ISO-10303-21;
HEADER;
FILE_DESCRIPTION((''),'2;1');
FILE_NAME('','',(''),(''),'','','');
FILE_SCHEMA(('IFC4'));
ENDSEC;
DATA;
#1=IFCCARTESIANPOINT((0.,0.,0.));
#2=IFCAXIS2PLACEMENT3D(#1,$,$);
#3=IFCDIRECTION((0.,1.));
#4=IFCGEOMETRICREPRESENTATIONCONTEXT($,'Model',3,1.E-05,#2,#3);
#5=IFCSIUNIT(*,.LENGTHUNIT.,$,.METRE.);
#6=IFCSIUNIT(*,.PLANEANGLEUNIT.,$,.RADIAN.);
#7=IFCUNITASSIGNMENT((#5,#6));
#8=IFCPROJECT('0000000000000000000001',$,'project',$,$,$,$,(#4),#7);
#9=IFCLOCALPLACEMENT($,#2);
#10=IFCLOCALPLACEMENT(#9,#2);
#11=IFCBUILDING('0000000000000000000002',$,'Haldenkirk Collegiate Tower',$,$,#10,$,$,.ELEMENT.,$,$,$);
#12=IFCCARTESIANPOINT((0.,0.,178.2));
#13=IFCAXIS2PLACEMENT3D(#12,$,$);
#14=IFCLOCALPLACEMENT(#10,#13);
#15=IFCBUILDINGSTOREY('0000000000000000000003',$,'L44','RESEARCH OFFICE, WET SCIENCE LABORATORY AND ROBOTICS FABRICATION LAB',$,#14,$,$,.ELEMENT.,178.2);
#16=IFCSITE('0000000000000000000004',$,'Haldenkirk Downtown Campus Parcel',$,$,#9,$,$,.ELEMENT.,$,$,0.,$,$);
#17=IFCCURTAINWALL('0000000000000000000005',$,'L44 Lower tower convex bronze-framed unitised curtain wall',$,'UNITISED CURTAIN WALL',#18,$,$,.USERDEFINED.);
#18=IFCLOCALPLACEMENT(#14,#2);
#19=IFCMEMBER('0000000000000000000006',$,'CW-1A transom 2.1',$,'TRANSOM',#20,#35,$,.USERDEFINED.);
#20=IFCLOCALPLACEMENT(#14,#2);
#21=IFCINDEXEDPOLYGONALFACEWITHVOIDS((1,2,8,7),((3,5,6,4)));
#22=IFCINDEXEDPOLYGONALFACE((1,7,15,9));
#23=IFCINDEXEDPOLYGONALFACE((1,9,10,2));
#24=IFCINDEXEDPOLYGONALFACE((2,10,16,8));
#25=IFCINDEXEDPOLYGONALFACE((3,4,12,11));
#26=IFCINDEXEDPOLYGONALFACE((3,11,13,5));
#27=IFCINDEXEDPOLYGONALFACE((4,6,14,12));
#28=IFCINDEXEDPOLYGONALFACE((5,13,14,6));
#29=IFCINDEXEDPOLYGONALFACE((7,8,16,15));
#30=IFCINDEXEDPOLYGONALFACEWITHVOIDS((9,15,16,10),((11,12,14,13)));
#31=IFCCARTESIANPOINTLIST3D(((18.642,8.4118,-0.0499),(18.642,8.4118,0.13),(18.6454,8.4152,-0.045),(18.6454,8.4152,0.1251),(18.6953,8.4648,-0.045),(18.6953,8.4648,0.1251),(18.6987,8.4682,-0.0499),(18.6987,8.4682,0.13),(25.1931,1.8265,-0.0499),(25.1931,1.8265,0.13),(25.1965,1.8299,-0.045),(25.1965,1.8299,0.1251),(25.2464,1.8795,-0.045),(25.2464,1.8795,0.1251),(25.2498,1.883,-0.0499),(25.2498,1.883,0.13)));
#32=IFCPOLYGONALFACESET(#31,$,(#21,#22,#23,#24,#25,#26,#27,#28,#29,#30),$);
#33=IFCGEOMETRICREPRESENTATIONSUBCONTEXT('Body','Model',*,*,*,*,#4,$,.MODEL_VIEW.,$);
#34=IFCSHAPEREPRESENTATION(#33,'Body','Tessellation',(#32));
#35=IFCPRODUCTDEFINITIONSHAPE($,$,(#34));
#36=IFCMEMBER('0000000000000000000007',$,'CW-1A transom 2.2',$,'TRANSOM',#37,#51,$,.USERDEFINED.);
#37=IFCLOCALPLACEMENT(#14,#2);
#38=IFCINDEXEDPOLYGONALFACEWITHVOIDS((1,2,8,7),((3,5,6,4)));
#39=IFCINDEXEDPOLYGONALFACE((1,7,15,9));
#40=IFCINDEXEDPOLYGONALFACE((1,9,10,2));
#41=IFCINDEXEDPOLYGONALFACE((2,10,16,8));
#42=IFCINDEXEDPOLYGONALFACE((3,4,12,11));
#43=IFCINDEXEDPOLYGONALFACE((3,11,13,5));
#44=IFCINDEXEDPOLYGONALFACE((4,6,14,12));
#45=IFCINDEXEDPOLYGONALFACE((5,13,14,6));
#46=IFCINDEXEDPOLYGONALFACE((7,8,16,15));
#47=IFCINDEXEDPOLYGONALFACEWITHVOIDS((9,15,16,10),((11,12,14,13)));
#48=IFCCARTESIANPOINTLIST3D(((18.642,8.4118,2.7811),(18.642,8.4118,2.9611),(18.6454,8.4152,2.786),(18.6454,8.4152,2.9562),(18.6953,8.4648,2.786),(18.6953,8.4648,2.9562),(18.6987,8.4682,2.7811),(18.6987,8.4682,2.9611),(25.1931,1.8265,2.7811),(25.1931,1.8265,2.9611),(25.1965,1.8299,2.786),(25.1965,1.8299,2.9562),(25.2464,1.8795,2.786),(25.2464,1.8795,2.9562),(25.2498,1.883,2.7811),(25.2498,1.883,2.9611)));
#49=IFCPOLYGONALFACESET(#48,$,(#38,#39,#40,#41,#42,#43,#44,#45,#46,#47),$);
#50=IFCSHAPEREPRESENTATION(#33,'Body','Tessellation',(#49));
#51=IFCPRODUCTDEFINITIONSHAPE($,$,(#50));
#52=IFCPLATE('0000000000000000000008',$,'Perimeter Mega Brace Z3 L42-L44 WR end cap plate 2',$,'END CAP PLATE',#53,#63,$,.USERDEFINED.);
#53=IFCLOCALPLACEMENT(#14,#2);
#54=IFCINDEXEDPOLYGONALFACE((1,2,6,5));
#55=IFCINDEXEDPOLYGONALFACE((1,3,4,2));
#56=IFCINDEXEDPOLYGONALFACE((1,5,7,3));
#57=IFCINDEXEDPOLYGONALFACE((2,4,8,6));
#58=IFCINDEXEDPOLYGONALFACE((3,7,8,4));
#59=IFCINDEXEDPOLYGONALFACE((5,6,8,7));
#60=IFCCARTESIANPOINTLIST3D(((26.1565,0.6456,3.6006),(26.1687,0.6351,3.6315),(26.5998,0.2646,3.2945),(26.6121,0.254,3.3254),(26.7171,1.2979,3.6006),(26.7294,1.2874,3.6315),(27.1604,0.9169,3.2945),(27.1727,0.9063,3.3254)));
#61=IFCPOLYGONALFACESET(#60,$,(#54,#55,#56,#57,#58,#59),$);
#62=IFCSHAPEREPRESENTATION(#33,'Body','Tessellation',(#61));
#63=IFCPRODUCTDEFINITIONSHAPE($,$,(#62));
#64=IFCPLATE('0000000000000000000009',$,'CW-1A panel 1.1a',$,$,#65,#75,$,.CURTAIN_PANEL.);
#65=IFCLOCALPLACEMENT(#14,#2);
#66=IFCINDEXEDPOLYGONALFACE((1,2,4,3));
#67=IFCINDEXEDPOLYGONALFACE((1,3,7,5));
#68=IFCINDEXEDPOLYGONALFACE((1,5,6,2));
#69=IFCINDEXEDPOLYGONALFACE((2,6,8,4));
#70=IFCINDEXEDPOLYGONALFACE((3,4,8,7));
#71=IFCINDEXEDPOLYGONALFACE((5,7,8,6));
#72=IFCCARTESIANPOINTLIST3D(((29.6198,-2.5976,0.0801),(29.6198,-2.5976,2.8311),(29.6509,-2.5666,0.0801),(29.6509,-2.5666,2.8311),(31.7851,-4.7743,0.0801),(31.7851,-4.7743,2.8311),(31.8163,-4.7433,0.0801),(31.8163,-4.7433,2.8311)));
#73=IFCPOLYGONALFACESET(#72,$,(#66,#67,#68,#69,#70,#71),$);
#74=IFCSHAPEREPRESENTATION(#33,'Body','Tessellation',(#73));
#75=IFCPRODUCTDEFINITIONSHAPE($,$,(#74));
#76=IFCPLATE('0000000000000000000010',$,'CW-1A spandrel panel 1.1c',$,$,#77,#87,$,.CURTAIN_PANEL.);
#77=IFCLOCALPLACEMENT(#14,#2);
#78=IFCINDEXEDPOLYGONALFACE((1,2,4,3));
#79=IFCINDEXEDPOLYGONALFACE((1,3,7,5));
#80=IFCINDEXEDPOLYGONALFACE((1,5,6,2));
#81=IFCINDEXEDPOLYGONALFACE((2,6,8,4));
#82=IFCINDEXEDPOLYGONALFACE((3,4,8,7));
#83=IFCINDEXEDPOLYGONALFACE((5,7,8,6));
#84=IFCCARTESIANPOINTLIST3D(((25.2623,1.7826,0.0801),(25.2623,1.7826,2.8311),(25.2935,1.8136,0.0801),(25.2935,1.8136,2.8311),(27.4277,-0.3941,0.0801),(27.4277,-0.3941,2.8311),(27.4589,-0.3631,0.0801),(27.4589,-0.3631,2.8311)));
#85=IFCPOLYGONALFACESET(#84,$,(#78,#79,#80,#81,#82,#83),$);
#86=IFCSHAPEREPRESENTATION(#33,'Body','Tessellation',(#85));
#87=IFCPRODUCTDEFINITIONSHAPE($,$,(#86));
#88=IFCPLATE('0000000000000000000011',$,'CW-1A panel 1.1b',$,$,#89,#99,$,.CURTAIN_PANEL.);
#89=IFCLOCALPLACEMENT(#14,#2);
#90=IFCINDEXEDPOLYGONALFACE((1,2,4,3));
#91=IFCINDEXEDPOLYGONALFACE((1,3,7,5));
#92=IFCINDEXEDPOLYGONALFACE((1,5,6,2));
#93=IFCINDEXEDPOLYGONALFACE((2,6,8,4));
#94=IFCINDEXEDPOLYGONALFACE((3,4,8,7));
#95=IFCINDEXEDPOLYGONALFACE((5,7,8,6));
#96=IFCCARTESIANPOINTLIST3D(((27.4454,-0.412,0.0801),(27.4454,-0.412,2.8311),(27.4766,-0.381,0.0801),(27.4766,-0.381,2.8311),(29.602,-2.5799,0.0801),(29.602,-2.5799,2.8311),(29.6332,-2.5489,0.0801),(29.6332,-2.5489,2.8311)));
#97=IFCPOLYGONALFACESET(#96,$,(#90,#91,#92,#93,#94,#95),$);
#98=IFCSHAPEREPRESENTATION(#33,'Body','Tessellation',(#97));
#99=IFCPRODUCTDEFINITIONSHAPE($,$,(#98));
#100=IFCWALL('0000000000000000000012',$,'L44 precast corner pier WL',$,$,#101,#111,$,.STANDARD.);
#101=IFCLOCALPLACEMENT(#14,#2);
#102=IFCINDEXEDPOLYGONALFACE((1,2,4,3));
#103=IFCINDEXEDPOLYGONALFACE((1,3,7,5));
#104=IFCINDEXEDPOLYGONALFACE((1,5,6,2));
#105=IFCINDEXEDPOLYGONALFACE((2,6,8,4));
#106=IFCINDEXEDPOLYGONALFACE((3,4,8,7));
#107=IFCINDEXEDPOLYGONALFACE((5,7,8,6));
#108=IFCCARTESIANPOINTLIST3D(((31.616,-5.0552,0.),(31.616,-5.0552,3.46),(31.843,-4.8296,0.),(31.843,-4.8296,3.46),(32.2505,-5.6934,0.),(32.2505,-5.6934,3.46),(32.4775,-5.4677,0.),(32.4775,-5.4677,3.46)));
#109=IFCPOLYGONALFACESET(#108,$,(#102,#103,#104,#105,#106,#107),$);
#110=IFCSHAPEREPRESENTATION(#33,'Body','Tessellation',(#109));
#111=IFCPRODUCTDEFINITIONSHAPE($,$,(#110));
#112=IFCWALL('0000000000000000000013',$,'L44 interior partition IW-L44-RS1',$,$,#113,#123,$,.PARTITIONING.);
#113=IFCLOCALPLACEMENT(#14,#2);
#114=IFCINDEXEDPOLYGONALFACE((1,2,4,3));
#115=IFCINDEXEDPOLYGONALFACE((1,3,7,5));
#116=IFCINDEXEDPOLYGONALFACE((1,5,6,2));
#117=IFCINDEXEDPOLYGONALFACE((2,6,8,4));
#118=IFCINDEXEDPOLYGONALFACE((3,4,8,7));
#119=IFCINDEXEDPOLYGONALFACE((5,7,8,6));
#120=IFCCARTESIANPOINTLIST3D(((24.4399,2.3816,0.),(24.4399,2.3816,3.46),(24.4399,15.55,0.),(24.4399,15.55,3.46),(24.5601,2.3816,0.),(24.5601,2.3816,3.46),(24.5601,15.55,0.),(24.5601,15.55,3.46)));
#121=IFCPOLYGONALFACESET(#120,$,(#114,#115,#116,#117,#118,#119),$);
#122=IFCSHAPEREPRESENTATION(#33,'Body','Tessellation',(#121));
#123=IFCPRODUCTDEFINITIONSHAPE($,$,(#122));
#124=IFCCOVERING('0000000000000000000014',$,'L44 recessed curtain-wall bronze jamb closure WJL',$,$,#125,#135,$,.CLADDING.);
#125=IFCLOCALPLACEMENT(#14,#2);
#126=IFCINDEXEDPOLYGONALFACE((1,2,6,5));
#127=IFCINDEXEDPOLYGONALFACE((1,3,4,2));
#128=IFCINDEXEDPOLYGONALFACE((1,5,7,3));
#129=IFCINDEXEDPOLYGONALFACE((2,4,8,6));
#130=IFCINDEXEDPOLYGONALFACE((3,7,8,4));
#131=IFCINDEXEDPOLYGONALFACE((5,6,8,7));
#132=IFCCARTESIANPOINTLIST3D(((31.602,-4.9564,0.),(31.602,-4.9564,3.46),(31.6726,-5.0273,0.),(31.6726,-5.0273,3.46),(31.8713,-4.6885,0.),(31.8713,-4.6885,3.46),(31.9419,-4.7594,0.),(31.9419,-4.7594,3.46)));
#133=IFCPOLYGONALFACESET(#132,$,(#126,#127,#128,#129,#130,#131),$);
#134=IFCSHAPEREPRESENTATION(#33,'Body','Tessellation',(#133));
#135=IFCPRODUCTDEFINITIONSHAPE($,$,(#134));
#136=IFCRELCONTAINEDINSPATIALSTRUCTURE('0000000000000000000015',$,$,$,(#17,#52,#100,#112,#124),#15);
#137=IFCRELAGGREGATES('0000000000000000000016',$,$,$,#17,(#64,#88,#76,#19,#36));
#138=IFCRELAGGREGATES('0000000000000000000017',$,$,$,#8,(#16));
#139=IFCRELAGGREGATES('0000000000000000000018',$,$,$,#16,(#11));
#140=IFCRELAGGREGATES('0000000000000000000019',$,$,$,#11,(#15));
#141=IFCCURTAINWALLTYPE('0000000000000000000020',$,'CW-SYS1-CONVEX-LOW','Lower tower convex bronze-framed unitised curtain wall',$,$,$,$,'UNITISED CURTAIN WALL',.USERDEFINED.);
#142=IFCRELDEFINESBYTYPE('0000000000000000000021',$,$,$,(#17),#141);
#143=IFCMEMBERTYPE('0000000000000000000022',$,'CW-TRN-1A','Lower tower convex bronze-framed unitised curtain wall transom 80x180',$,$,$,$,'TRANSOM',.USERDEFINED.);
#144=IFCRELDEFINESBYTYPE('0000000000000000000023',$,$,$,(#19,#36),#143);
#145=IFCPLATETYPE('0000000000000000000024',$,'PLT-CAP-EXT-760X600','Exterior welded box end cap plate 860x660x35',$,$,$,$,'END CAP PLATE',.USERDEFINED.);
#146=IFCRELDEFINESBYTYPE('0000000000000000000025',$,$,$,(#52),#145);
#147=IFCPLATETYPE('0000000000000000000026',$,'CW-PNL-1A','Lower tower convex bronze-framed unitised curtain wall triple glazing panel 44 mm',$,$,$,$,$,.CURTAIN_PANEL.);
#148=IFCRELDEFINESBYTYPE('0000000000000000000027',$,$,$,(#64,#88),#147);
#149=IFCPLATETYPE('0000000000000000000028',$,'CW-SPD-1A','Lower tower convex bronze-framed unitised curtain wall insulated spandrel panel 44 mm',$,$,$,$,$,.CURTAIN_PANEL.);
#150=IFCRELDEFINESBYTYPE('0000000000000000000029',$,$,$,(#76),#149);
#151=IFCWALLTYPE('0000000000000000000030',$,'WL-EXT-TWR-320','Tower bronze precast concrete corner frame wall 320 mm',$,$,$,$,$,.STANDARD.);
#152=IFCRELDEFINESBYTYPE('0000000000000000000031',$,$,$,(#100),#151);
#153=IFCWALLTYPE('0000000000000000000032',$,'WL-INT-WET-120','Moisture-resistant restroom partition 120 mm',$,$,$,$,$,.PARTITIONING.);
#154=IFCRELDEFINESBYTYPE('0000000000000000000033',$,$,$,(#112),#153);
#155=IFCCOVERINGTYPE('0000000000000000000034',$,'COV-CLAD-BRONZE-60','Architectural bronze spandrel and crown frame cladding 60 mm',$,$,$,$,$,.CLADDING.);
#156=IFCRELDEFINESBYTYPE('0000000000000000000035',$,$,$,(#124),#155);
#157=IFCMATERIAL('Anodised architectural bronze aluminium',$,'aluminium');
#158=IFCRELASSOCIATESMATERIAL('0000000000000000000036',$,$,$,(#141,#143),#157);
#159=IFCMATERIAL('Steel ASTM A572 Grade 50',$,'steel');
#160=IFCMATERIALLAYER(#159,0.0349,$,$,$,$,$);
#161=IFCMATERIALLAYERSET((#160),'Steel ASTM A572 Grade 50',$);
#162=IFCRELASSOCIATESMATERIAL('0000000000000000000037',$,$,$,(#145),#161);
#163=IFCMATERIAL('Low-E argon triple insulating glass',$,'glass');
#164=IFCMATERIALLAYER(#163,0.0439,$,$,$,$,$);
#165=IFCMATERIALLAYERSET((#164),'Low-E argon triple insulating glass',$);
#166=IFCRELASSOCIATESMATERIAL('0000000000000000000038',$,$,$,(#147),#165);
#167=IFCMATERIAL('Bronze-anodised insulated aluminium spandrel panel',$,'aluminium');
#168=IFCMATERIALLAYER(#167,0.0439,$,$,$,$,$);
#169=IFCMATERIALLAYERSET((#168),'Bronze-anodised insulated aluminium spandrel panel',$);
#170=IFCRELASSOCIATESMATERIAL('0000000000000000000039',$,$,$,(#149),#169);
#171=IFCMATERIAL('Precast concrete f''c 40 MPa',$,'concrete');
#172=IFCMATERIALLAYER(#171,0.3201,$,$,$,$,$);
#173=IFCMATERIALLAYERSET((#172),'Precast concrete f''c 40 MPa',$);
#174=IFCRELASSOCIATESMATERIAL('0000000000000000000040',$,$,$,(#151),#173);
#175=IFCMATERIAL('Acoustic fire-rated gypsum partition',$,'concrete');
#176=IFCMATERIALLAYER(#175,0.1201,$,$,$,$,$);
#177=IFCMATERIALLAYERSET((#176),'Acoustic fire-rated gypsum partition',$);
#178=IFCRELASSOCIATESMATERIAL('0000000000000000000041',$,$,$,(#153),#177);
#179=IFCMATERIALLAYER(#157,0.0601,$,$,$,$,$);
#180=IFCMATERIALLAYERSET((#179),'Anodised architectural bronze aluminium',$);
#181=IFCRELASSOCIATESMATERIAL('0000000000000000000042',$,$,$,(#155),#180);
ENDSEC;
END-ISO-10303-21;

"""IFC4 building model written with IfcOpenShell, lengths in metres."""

from ifc_helpers import new_model, si_unit, direction, frame, frame_2d, origin, origin_2d, place, context, subcontext, project, spatial, rectangle, hollow_rectangle, extrude, source, transform, mapped, material, layer, layer_set, material_profile, profile_set, type_object, element, aggregate, save


model = new_model("IFC4")

# Units and contexts
model_context = context("Model", 3, precision=1e-05, world=origin(), true_north=direction((0.0, 1.0)))
body_context = subcontext(model_context, "Body", "Model", "MODEL_VIEW")
ifc_project = project(units=[si_unit("LENGTHUNIT", "METRE"), si_unit("PLANEANGLEUNIT", "RADIAN")], contexts=[model_context])

# Site, building, storey
site_placement = place(None, origin())
site = spatial("IfcSite", under=ifc_project, at=site_placement, Name="Haldenkirk Downtown Campus Parcel", CompositionType="ELEMENT", RefElevation=0.0)
building_placement = place(site_placement, origin())
building = spatial("IfcBuilding", under=site, at=building_placement, Name="Haldenkirk Collegiate Tower", CompositionType="ELEMENT")
storey_placement = place(building_placement, frame((0.0, 0.0, 178.2)))
storey = spatial("IfcBuildingStorey", under=building, at=storey_placement, Name="L44", Description="RESEARCH OFFICE, WET SCIENCE LABORATORY AND ROBOTICS FABRICATION LAB", CompositionType="ELEMENT", Elevation=178.2)

# Shared definitions
ifc_material_1 = material(Name="Steel ASTM A572 Grade 50", Category="steel")

# Curtain wall, members
ifc_material_2 = material(Name="Anodised architectural bronze aluminium", Category="aluminium")
curtain_wall_type = type_object("IfcCurtainWallType", Name="CW-SYS1-CONVEX-LOW", Description="Lower tower convex bronze-framed unitised curtain wall", ElementType="UNITISED CURTAIN WALL", PredefinedType="USERDEFINED", material=ifc_material_2)
curtain_wall_placement = place(storey_placement, origin())
curtain_wall = element("IfcCurtainWall", 1, at=curtain_wall_placement, inside=storey, type_object=curtain_wall_type, Name="L44 Lower tower convex bronze-framed unitised curtain wall", ObjectType="UNITISED CURTAIN WALL", PredefinedType="USERDEFINED")
ifc_material_profile_1 = material_profile(ifc_material_2, hollow_rectangle(XDim=0.0801, YDim=0.1799, WallThickness=0.0049, at=origin_2d()), Name="CW-TRN-1A")
ifc_profile_set_1 = profile_set([ifc_material_profile_1], Name="Anodised architectural bronze aluminium")
member_type_1 = type_object("IfcMemberType", Name="CW-TRN-1A", Description="Lower tower convex bronze-framed unitised curtain wall transom 80x180", ElementType="TRANSOM", PredefinedType="USERDEFINED", material=ifc_profile_set_1)
member_1_placement = place(storey_placement, frame((25.2214, 1.8547, 0.04), z_axis=(-0.705265, 0.708944, 0.0), x_axis=(-0.708944, -0.705265, 0.0)))
member_1 = element("IfcMember", 2, at=member_1_placement, type_object=member_type_1, Name="CW-1A transom 2.1", ObjectType="TRANSOM", PredefinedType="USERDEFINED", context=body_context, shape_type="SweptSolid", body=[
    extrude(hollow_rectangle(XDim=0.0801, YDim=0.1799, WallThickness=0.0049, at=origin_2d()), origin(), (0.0, 0.0, 1.0), 9.2888),
])
member_2_placement = place(storey_placement, frame((25.2214, 1.8547, 2.8711), z_axis=(-0.705265, 0.708944, 0.0), x_axis=(-0.708944, -0.705265, 0.0)))
member_2 = element("IfcMember", 3, at=member_2_placement, type_object=member_type_1, Name="CW-1A transom 2.2", ObjectType="TRANSOM", PredefinedType="USERDEFINED", context=body_context, shape_type="SweptSolid", body=[
    extrude(hollow_rectangle(XDim=0.0801, YDim=0.1799, WallThickness=0.0049, at=origin_2d()), origin(), (0.0, 0.0, 1.0), 9.2888),
])

# Plates
ifc_layer_1 = layer(ifc_material_1, 0.0349)
ifc_layer_set_1 = layer_set([ifc_layer_1], Name="Steel ASTM A572 Grade 50")
plate_type_1 = type_object("IfcPlateType", Name="PLT-CAP-EXT-760X600", Description="Exterior welded box end cap plate 860x660x35", ElementType="END CAP PLATE", PredefinedType="USERDEFINED", material=ifc_layer_set_1)
shared_shape_1 = source(origin(), body_context, "Body", "SweptSolid", [
    extrude(rectangle(XDim=0.8601, YDim=0.6599, at=origin_2d()), origin(), (0.0, 0.0, 1.0), 0.0349),
])
plate_1_placement = place(storey_placement, frame((26.6584, 0.7812, 3.4475), z_axis=(0.351794, -0.302356, 0.885902), x_axis=(0.651808, 0.758384, 0.0)))
element("IfcPlate", 4, at=plate_1_placement, inside=storey, type_object=plate_type_1, Name="Perimeter Mega Brace Z3 L42-L44 WR end cap plate 2", ObjectType="END CAP PLATE", PredefinedType="USERDEFINED", context=body_context, shape_type="MappedRepresentation", body=[
    mapped(shared_shape_1, transform((0.0, 0.0, 0.0), x_axis=(1.0, 0.0, 0.0), y_axis=(0.0, 1.0, 0.0), z_axis=(0.0, 0.0, 1.0), scale=1.0)),
])
ifc_material_3 = material(Name="Low-E argon triple insulating glass", Category="glass")
ifc_layer_2 = layer(ifc_material_3, 0.0439)
ifc_layer_set_2 = layer_set([ifc_layer_2], Name="Low-E argon triple insulating glass")
plate_type_2 = type_object("IfcPlateType", Name="CW-PNL-1A", Description="Lower tower convex bronze-framed unitised curtain wall triple glazing panel 44 mm", PredefinedType="CURTAIN_PANEL", material=ifc_layer_set_2)
shared_shape_2 = source(origin(), body_context, "Body", "SweptSolid", [
    extrude(rectangle(XDim=3.0703, YDim=0.0439, at=origin_2d()), origin(), (0.0, 0.0, 1.0), 2.751),
])
plate_2_placement = place(storey_placement, frame((30.718, -3.6704, 0.0801), z_axis=(0.0, 0.0, 1.0), x_axis=(-0.705255, 0.708954, 0.0)))
plate_2 = element("IfcPlate", 5, at=plate_2_placement, type_object=plate_type_2, Name="CW-1A panel 1.1a", PredefinedType="CURTAIN_PANEL", context=body_context, shape_type="MappedRepresentation", body=[
    mapped(shared_shape_2, transform((0.0, 0.0, 0.0), x_axis=(1.0, 0.0, 0.0), y_axis=(0.0, 1.0, 0.0), z_axis=(0.0, 0.0, 1.0), scale=1.0)),
])
ifc_material_4 = material(Name="Bronze-anodised insulated aluminium spandrel panel", Category="aluminium")
ifc_layer_3 = layer(ifc_material_4, 0.0439)
ifc_layer_set_3 = layer_set([ifc_layer_3], Name="Bronze-anodised insulated aluminium spandrel panel")
plate_type_3 = type_object("IfcPlateType", Name="CW-SPD-1A", Description="Lower tower convex bronze-framed unitised curtain wall insulated spandrel panel 44 mm", PredefinedType="CURTAIN_PANEL", material=ifc_layer_set_3)
plate_3_placement = place(storey_placement, frame((26.3606, 0.7097, 0.0801), z_axis=(0.0, 0.0, 1.0), x_axis=(-0.705255, 0.708954, 0.0)))
plate_3 = element("IfcPlate", 6, at=plate_3_placement, type_object=plate_type_3, Name="CW-1A spandrel panel 1.1c", PredefinedType="CURTAIN_PANEL", context=body_context, shape_type="MappedRepresentation", body=[
    mapped(shared_shape_2, transform((0.0, 0.0, 0.0), x_axis=(1.0, 0.0, 0.0), y_axis=(0.0, 1.0, 0.0), z_axis=(0.0, 0.0, 1.0), scale=1.0)),
])
shared_shape_3 = source(origin(), body_context, "Body", "SweptSolid", [
    extrude(rectangle(XDim=3.0579, YDim=0.0439, at=origin_2d()), origin(), (0.0, 0.0, 1.0), 2.751),
])
plate_4_placement = place(storey_placement, frame((28.5393, -1.4805, 0.0801), z_axis=(0.0, 0.0, 1.0), x_axis=(-0.705255, 0.708954, 0.0)))
plate_4 = element("IfcPlate", 7, at=plate_4_placement, type_object=plate_type_2, Name="CW-1A panel 1.1b", PredefinedType="CURTAIN_PANEL", context=body_context, shape_type="MappedRepresentation", body=[
    mapped(shared_shape_3, transform((0.0, 0.0, 0.0), x_axis=(1.0, 0.0, 0.0), y_axis=(0.0, 1.0, 0.0), z_axis=(0.0, 0.0, 1.0), scale=1.0)),
])
aggregate(curtain_wall, [plate_2, plate_4, plate_3, member_1, member_2])

# Walls
ifc_material_5 = material(Name="Precast concrete f'c 40 MPa", Category="concrete")
ifc_layer_4 = layer(ifc_material_5, 0.3201)
ifc_layer_set_4 = layer_set([ifc_layer_4], Name="Precast concrete f'c 40 MPa")
wall_type_1 = type_object("IfcWallType", Name="WL-EXT-TWR-320", Description="Tower bronze precast concrete corner frame wall 320 mm", PredefinedType="STANDARD", material=ifc_layer_set_4)
wall_1_placement = place(storey_placement, frame((32.364, -5.5806, 0.0), z_axis=(0.0, 0.0, 1.0), x_axis=(-0.705069, 0.709138, 0.0)))
element("IfcWall", 8, at=wall_1_placement, inside=storey, type_object=wall_type_1, Name="L44 precast corner pier WL", PredefinedType="STANDARD", context=body_context, shape_type="SweptSolid", body=[
    extrude(rectangle(XDim=0.8999, YDim=0.3201, at=frame_2d((0.45, 0.0))), origin(), (0.0, 0.0, 1.0), 3.46),
])
ifc_material_6 = material(Name="Acoustic fire-rated gypsum partition", Category="concrete")
ifc_layer_5 = layer(ifc_material_6, 0.1201)
ifc_layer_set_5 = layer_set([ifc_layer_5], Name="Acoustic fire-rated gypsum partition")
wall_type_2 = type_object("IfcWallType", Name="WL-INT-WET-120", Description="Moisture-resistant restroom partition 120 mm", PredefinedType="PARTITIONING", material=ifc_layer_set_5)
wall_2_placement = place(storey_placement, frame((24.5, 2.3816, 0.0), z_axis=(0.0, 0.0, 1.0), x_axis=(0.0, 1.0, 0.0)))
element("IfcWall", 9, at=wall_2_placement, inside=storey, type_object=wall_type_2, Name="L44 interior partition IW-L44-RS1", PredefinedType="PARTITIONING", context=body_context, shape_type="SweptSolid", body=[
    extrude(rectangle(XDim=13.1685, YDim=0.1201, at=frame_2d((6.5842, 0.0))), origin(), (0.0, 0.0, 1.0), 3.46),
])

# Covering
ifc_layer_6 = layer(ifc_material_2, 0.0601)
ifc_layer_set_6 = layer_set([ifc_layer_6], Name="Anodised architectural bronze aluminium")
covering_type = type_object("IfcCoveringType", Name="COV-CLAD-BRONZE-60", Description="Architectural bronze spandrel and crown frame cladding 60 mm", PredefinedType="CLADDING", material=ifc_layer_set_6)
shared_shape_4 = source(origin(), body_context, "Body", "SweptSolid", [
    extrude(rectangle(XDim=0.1001, YDim=0.3799, at=origin_2d()), origin(), (0.0, 0.0, 1.0), 3.46),
])
covering_placement = place(storey_placement, frame((31.772, -4.8579, 0.0), z_axis=(0.0, 0.0, 1.0), x_axis=(-0.705253, 0.708956, 0.0)))
element("IfcCovering", 10, at=covering_placement, inside=storey, type_object=covering_type, Name="L44 recessed curtain-wall bronze jamb closure WJL", PredefinedType="CLADDING", context=body_context, shape_type="MappedRepresentation", body=[
    mapped(shared_shape_4, transform((0.0, 0.0, 0.0), x_axis=(1.0, 0.0, 0.0), y_axis=(0.0, 1.0, 0.0), z_axis=(0.0, 0.0, 1.0), scale=1.0)),
])

save(model, "model.ifc")
